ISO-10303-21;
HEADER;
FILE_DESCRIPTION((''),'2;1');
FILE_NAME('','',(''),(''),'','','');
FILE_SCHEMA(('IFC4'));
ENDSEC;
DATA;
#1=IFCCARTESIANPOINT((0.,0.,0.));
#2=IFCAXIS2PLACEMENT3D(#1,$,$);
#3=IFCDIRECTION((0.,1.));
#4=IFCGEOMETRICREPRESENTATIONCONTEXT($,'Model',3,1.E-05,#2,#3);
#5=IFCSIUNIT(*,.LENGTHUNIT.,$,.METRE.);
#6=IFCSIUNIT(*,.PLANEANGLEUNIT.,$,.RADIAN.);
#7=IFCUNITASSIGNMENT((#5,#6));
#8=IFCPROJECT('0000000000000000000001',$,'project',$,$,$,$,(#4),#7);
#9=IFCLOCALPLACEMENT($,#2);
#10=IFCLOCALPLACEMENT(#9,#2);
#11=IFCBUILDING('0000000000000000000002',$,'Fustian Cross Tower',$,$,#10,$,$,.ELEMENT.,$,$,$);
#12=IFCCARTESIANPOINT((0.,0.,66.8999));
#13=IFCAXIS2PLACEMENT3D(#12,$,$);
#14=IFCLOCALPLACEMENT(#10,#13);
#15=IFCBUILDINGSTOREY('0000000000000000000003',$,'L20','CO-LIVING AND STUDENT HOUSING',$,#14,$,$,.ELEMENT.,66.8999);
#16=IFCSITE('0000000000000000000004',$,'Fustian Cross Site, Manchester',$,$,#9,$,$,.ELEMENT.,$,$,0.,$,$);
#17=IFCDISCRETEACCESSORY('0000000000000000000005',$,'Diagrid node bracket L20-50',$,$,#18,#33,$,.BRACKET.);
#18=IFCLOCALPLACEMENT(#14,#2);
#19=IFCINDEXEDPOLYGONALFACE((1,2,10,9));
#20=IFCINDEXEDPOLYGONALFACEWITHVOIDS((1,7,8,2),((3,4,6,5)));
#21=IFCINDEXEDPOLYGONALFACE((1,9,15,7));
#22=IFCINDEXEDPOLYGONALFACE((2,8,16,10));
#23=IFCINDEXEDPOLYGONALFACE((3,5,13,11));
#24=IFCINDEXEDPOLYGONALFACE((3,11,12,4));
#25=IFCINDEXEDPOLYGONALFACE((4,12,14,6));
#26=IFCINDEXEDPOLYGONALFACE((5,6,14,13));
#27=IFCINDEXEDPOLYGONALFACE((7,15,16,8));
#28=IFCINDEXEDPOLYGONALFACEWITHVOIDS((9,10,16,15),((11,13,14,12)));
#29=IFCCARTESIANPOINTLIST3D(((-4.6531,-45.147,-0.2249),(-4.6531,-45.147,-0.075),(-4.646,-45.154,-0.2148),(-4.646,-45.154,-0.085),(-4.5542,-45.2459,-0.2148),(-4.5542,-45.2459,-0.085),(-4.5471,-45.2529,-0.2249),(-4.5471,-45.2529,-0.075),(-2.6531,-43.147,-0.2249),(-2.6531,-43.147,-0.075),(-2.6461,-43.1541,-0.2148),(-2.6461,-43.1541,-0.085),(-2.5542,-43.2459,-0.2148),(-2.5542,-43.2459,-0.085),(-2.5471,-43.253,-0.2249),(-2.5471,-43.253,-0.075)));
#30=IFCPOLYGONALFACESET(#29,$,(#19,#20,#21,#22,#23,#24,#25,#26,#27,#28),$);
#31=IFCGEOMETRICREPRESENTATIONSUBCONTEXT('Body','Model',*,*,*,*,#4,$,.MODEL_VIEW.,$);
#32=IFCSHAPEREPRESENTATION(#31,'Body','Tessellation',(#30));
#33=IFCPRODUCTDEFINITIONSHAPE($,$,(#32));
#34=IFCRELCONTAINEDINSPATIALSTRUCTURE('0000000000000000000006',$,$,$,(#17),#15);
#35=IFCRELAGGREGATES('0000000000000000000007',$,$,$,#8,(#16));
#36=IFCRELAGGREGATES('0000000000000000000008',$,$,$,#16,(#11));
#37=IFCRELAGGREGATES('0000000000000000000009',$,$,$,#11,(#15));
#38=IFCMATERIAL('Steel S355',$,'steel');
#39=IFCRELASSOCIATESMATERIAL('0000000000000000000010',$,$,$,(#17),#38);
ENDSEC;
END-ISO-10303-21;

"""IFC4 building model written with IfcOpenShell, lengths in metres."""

from ifc_helpers import new_model, si_unit, direction, frame, origin, origin_2d, place, context, subcontext, project, spatial, hollow_rectangle, extrude, material, element, save


model = new_model("IFC4")

# Units and contexts
model_context = context("Model", 3, precision=1e-05, world=origin(), true_north=direction((0.0, 1.0)))
body_context = subcontext(model_context, "Body", "Model", "MODEL_VIEW")
ifc_project = project(units=[si_unit("LENGTHUNIT", "METRE"), si_unit("PLANEANGLEUNIT", "RADIAN")], contexts=[model_context])

# Site, building, storey
site_placement = place(None, origin())
site = spatial("IfcSite", under=ifc_project, at=site_placement, Name="Fustian Cross Site, Manchester", CompositionType="ELEMENT", RefElevation=0.0)
building_placement = place(site_placement, origin())
building = spatial("IfcBuilding", under=site, at=building_placement, Name="Fustian Cross Tower", CompositionType="ELEMENT")
storey_placement = place(building_placement, frame((0.0, 0.0, 66.8999)))
storey = spatial("IfcBuildingStorey", under=building, at=storey_placement, Name="L20", Description="CO-LIVING AND STUDENT HOUSING", CompositionType="ELEMENT", Elevation=66.8999)

# Discrete accessory
ifc_material_1 = material(Name="Steel S355", Category="steel")
discrete_accessory_placement = place(storey_placement, frame((-4.6001, -45.2, -0.1499), z_axis=(0.707107, 0.707107, 0.0), x_axis=(-0.707107, 0.707107, 0.0)))
element("IfcDiscreteAccessory", 1, at=discrete_accessory_placement, inside=storey, material=ifc_material_1, Name="Diagrid node bracket L20-50", PredefinedType="BRACKET", context=body_context, shape_type="SweptSolid", body=[
    extrude(hollow_rectangle(XDim=0.1499, YDim=0.1499, WallThickness=0.01, at=origin_2d()), origin(), (0.0, 0.0, 1.0), 2.8284),
])

save(model, "model.ifc")
